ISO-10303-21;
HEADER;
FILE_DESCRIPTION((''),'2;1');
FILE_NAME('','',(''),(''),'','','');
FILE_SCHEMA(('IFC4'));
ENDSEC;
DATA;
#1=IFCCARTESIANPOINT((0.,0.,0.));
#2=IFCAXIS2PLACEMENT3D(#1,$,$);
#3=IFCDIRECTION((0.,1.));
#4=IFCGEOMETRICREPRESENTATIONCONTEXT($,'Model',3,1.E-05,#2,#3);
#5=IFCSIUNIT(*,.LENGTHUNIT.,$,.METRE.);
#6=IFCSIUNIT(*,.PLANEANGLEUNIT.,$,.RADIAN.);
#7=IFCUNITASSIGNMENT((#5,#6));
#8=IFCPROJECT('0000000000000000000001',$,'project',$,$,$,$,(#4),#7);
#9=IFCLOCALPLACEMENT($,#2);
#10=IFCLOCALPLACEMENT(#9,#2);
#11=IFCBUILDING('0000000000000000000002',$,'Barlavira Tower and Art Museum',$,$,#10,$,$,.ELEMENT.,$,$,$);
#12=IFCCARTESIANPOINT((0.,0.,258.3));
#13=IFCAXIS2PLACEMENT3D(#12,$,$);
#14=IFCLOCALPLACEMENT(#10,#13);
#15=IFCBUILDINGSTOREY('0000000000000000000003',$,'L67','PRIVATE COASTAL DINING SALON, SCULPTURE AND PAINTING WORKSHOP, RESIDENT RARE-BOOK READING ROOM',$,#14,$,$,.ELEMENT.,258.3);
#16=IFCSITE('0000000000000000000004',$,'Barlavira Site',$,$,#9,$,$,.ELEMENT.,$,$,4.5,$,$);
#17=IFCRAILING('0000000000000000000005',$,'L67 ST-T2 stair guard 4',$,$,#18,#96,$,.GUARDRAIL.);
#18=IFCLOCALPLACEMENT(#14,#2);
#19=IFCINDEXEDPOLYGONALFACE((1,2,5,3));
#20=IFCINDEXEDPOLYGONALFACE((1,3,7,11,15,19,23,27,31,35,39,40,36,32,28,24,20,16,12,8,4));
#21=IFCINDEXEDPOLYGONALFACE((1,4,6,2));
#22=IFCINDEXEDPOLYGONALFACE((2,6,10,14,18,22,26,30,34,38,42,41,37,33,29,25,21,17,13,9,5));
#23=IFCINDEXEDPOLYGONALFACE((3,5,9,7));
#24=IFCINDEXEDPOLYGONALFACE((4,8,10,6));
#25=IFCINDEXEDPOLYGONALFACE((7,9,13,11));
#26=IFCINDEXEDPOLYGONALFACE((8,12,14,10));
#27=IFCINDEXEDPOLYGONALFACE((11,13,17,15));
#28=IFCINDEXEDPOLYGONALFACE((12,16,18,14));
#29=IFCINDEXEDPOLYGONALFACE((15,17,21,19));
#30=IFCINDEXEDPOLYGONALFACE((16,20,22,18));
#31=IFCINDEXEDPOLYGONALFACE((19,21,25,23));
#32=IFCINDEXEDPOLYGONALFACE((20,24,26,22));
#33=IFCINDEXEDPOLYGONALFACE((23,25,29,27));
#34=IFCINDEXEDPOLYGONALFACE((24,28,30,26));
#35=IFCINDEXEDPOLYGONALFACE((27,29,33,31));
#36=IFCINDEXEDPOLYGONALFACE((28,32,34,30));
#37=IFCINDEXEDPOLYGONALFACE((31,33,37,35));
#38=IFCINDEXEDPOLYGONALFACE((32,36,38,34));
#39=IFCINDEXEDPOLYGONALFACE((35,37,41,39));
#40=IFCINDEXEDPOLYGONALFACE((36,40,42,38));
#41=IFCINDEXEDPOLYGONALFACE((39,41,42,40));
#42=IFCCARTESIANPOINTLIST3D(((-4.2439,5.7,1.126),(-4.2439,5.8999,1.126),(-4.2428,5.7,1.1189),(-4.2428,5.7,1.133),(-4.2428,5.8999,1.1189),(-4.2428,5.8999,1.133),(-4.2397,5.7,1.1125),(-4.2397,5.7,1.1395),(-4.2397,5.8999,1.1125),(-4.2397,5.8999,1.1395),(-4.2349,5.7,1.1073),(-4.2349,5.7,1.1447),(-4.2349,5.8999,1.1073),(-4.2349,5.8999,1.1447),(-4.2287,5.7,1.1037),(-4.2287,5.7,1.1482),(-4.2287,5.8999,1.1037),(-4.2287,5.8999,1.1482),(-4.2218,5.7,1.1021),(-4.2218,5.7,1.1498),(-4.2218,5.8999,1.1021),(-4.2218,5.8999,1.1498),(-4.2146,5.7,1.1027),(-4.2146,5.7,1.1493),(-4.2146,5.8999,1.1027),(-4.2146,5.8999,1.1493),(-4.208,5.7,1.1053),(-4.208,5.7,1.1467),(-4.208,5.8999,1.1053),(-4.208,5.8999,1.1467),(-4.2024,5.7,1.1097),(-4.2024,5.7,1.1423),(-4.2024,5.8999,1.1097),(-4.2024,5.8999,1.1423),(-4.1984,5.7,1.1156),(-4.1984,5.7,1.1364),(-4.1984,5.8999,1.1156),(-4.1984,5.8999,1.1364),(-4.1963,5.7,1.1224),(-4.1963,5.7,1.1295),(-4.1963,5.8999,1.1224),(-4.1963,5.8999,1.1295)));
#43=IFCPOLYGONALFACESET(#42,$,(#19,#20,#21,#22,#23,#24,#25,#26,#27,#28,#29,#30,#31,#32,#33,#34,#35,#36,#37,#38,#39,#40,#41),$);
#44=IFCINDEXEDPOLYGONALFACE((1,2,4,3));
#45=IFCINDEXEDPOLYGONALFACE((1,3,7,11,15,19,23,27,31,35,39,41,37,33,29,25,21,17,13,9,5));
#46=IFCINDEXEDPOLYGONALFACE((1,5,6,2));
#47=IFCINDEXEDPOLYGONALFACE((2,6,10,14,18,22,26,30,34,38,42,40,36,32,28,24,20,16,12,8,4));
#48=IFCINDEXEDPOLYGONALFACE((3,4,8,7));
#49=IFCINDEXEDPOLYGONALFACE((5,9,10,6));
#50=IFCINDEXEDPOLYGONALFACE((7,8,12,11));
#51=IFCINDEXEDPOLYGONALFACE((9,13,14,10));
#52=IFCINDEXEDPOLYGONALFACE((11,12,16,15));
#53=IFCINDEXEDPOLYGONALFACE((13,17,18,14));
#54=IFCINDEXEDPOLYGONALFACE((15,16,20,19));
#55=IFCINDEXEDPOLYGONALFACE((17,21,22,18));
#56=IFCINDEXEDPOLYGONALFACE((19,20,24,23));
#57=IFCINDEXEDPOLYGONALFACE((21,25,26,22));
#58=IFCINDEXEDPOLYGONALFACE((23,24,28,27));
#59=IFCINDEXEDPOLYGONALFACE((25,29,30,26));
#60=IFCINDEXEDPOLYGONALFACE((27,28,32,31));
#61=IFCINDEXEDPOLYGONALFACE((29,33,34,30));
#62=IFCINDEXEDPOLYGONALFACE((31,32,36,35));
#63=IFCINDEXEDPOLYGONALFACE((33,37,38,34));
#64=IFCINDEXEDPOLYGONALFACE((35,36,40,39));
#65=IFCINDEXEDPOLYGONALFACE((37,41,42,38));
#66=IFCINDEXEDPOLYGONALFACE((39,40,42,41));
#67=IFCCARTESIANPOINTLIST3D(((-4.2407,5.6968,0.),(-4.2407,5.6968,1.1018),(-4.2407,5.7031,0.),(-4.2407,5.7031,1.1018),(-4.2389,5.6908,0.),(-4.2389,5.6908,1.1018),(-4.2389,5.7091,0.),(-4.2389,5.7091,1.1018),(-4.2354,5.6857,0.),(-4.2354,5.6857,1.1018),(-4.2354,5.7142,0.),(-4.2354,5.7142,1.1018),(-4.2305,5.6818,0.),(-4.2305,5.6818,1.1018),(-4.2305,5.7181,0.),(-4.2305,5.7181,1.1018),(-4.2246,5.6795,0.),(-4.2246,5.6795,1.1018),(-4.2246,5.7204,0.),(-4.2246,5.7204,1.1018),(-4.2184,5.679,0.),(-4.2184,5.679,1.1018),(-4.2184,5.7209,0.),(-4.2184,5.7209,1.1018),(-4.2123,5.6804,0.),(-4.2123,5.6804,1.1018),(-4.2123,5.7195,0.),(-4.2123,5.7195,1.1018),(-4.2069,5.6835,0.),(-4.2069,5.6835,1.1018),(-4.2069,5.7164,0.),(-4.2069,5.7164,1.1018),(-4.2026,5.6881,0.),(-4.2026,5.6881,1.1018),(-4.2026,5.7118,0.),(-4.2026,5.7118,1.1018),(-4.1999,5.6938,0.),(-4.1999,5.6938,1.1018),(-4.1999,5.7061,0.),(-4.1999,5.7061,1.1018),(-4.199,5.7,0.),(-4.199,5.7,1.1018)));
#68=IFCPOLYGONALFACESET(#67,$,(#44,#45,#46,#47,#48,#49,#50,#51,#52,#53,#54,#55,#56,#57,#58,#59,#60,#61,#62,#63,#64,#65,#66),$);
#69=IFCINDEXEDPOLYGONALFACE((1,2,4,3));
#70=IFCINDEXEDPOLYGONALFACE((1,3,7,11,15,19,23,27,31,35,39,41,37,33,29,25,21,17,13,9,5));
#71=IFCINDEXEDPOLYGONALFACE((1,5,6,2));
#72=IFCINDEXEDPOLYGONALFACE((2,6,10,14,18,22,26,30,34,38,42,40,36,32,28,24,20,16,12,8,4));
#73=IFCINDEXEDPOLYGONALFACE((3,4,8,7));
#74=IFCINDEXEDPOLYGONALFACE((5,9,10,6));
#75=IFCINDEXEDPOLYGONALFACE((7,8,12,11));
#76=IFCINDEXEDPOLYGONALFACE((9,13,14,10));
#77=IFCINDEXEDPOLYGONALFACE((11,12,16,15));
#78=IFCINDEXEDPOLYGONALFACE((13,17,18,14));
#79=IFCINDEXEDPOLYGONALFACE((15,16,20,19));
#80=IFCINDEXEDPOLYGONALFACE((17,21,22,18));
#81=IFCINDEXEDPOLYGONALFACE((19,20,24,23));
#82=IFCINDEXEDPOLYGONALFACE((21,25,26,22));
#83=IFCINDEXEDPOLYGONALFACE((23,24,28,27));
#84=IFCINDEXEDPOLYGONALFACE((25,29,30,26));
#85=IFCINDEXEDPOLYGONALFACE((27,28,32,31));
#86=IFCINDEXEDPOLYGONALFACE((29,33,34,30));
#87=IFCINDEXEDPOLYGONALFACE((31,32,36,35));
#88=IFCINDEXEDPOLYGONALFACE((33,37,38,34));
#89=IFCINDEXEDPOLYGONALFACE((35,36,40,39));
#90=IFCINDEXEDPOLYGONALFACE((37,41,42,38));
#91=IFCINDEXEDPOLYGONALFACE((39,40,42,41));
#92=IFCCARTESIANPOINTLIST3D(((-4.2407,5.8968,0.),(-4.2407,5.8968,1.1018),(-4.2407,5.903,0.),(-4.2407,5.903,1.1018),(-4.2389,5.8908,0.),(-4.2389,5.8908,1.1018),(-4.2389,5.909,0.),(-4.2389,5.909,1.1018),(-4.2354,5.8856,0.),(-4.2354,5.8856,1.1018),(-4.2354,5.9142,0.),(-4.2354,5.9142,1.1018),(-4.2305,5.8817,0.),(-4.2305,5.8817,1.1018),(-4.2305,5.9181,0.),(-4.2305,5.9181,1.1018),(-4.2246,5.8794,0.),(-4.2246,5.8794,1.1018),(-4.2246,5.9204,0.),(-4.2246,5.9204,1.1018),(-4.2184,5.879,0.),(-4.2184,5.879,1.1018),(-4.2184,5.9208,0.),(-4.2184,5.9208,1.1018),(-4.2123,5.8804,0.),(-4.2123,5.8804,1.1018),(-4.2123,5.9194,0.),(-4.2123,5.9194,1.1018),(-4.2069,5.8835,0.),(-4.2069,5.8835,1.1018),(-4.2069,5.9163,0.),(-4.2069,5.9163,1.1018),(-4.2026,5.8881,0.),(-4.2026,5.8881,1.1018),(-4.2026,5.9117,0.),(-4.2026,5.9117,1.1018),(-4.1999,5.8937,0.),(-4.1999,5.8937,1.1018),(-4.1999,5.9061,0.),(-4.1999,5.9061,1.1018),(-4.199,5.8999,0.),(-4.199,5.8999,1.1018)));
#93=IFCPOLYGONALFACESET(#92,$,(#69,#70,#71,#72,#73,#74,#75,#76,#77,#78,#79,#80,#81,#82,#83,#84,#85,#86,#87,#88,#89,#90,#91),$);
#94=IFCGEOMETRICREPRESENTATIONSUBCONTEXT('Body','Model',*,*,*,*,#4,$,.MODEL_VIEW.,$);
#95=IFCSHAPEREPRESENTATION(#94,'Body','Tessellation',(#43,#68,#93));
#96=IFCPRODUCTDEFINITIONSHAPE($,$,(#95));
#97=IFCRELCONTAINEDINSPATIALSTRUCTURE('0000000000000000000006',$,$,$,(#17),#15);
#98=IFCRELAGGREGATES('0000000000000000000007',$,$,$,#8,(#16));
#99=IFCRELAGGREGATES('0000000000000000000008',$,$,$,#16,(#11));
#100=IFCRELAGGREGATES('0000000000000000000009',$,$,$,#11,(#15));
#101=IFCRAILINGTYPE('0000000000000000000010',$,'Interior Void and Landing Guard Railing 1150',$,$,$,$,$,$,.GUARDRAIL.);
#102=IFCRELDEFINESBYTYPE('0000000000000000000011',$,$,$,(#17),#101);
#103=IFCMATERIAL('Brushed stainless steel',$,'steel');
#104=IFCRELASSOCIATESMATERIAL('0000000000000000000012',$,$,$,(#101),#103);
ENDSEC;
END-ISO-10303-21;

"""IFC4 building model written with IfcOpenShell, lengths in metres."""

from ifc_helpers import new_model, si_unit, direction, frame, origin, origin_2d, place, context, subcontext, project, spatial, circle, extrude, material, type_object, element, save


model = new_model("IFC4")

# Units and contexts
model_context = context("Model", 3, precision=1e-05, world=origin(), true_north=direction((0.0, 1.0)))
body_context = subcontext(model_context, "Body", "Model", "MODEL_VIEW")
ifc_project = project(units=[si_unit("LENGTHUNIT", "METRE"), si_unit("PLANEANGLEUNIT", "RADIAN")], contexts=[model_context])

# Site, building, storey
site_placement = place(None, origin())
site = spatial("IfcSite", under=ifc_project, at=site_placement, Name="Barlavira Site", CompositionType="ELEMENT", RefElevation=4.5)
building_placement = place(site_placement, origin())
building = spatial("IfcBuilding", under=site, at=building_placement, Name="Barlavira Tower and Art Museum", CompositionType="ELEMENT")
storey_placement = place(building_placement, frame((0.0, 0.0, 258.3)))
storey = spatial("IfcBuildingStorey", under=building, at=storey_placement, Name="L67", Description="PRIVATE COASTAL DINING SALON, SCULPTURE AND PAINTING WORKSHOP, RESIDENT RARE-BOOK READING ROOM", CompositionType="ELEMENT", Elevation=258.3)

# Shared definitions
ifc_material_1 = material(Name="Brushed stainless steel", Category="steel")

# Railing
railing_type_1 = type_object("IfcRailingType", Name="Interior Void and Landing Guard Railing 1150", PredefinedType="GUARDRAIL", material=ifc_material_1)
railing_1_placement = place(storey_placement, frame((-4.22, 5.7, 0.0)))
element("IfcRailing", 1, at=railing_1_placement, inside=storey, type_object=railing_type_1, Name="L67 ST-T2 stair guard 4", PredefinedType="GUARDRAIL", context=body_context, shape_type="SweptSolid", body=[
    extrude(circle(Radius=0.0239, at=origin_2d()), frame((0.0, 0.0, 1.126), z_axis=(0.0, 1.0, 0.0), x_axis=(-1.0, 0.0, 0.0)), (0.0, 0.0, 1.0), 0.2),
    extrude(circle(Radius=0.021, at=origin_2d()), origin(), (0.0, 0.0, 1.0), 1.1018),
    extrude(circle(Radius=0.021, at=origin_2d()), frame((0.0, 0.2, 0.0)), (0.0, 0.0, 1.0), 1.1018),
])

save(model, "model.ifc")
